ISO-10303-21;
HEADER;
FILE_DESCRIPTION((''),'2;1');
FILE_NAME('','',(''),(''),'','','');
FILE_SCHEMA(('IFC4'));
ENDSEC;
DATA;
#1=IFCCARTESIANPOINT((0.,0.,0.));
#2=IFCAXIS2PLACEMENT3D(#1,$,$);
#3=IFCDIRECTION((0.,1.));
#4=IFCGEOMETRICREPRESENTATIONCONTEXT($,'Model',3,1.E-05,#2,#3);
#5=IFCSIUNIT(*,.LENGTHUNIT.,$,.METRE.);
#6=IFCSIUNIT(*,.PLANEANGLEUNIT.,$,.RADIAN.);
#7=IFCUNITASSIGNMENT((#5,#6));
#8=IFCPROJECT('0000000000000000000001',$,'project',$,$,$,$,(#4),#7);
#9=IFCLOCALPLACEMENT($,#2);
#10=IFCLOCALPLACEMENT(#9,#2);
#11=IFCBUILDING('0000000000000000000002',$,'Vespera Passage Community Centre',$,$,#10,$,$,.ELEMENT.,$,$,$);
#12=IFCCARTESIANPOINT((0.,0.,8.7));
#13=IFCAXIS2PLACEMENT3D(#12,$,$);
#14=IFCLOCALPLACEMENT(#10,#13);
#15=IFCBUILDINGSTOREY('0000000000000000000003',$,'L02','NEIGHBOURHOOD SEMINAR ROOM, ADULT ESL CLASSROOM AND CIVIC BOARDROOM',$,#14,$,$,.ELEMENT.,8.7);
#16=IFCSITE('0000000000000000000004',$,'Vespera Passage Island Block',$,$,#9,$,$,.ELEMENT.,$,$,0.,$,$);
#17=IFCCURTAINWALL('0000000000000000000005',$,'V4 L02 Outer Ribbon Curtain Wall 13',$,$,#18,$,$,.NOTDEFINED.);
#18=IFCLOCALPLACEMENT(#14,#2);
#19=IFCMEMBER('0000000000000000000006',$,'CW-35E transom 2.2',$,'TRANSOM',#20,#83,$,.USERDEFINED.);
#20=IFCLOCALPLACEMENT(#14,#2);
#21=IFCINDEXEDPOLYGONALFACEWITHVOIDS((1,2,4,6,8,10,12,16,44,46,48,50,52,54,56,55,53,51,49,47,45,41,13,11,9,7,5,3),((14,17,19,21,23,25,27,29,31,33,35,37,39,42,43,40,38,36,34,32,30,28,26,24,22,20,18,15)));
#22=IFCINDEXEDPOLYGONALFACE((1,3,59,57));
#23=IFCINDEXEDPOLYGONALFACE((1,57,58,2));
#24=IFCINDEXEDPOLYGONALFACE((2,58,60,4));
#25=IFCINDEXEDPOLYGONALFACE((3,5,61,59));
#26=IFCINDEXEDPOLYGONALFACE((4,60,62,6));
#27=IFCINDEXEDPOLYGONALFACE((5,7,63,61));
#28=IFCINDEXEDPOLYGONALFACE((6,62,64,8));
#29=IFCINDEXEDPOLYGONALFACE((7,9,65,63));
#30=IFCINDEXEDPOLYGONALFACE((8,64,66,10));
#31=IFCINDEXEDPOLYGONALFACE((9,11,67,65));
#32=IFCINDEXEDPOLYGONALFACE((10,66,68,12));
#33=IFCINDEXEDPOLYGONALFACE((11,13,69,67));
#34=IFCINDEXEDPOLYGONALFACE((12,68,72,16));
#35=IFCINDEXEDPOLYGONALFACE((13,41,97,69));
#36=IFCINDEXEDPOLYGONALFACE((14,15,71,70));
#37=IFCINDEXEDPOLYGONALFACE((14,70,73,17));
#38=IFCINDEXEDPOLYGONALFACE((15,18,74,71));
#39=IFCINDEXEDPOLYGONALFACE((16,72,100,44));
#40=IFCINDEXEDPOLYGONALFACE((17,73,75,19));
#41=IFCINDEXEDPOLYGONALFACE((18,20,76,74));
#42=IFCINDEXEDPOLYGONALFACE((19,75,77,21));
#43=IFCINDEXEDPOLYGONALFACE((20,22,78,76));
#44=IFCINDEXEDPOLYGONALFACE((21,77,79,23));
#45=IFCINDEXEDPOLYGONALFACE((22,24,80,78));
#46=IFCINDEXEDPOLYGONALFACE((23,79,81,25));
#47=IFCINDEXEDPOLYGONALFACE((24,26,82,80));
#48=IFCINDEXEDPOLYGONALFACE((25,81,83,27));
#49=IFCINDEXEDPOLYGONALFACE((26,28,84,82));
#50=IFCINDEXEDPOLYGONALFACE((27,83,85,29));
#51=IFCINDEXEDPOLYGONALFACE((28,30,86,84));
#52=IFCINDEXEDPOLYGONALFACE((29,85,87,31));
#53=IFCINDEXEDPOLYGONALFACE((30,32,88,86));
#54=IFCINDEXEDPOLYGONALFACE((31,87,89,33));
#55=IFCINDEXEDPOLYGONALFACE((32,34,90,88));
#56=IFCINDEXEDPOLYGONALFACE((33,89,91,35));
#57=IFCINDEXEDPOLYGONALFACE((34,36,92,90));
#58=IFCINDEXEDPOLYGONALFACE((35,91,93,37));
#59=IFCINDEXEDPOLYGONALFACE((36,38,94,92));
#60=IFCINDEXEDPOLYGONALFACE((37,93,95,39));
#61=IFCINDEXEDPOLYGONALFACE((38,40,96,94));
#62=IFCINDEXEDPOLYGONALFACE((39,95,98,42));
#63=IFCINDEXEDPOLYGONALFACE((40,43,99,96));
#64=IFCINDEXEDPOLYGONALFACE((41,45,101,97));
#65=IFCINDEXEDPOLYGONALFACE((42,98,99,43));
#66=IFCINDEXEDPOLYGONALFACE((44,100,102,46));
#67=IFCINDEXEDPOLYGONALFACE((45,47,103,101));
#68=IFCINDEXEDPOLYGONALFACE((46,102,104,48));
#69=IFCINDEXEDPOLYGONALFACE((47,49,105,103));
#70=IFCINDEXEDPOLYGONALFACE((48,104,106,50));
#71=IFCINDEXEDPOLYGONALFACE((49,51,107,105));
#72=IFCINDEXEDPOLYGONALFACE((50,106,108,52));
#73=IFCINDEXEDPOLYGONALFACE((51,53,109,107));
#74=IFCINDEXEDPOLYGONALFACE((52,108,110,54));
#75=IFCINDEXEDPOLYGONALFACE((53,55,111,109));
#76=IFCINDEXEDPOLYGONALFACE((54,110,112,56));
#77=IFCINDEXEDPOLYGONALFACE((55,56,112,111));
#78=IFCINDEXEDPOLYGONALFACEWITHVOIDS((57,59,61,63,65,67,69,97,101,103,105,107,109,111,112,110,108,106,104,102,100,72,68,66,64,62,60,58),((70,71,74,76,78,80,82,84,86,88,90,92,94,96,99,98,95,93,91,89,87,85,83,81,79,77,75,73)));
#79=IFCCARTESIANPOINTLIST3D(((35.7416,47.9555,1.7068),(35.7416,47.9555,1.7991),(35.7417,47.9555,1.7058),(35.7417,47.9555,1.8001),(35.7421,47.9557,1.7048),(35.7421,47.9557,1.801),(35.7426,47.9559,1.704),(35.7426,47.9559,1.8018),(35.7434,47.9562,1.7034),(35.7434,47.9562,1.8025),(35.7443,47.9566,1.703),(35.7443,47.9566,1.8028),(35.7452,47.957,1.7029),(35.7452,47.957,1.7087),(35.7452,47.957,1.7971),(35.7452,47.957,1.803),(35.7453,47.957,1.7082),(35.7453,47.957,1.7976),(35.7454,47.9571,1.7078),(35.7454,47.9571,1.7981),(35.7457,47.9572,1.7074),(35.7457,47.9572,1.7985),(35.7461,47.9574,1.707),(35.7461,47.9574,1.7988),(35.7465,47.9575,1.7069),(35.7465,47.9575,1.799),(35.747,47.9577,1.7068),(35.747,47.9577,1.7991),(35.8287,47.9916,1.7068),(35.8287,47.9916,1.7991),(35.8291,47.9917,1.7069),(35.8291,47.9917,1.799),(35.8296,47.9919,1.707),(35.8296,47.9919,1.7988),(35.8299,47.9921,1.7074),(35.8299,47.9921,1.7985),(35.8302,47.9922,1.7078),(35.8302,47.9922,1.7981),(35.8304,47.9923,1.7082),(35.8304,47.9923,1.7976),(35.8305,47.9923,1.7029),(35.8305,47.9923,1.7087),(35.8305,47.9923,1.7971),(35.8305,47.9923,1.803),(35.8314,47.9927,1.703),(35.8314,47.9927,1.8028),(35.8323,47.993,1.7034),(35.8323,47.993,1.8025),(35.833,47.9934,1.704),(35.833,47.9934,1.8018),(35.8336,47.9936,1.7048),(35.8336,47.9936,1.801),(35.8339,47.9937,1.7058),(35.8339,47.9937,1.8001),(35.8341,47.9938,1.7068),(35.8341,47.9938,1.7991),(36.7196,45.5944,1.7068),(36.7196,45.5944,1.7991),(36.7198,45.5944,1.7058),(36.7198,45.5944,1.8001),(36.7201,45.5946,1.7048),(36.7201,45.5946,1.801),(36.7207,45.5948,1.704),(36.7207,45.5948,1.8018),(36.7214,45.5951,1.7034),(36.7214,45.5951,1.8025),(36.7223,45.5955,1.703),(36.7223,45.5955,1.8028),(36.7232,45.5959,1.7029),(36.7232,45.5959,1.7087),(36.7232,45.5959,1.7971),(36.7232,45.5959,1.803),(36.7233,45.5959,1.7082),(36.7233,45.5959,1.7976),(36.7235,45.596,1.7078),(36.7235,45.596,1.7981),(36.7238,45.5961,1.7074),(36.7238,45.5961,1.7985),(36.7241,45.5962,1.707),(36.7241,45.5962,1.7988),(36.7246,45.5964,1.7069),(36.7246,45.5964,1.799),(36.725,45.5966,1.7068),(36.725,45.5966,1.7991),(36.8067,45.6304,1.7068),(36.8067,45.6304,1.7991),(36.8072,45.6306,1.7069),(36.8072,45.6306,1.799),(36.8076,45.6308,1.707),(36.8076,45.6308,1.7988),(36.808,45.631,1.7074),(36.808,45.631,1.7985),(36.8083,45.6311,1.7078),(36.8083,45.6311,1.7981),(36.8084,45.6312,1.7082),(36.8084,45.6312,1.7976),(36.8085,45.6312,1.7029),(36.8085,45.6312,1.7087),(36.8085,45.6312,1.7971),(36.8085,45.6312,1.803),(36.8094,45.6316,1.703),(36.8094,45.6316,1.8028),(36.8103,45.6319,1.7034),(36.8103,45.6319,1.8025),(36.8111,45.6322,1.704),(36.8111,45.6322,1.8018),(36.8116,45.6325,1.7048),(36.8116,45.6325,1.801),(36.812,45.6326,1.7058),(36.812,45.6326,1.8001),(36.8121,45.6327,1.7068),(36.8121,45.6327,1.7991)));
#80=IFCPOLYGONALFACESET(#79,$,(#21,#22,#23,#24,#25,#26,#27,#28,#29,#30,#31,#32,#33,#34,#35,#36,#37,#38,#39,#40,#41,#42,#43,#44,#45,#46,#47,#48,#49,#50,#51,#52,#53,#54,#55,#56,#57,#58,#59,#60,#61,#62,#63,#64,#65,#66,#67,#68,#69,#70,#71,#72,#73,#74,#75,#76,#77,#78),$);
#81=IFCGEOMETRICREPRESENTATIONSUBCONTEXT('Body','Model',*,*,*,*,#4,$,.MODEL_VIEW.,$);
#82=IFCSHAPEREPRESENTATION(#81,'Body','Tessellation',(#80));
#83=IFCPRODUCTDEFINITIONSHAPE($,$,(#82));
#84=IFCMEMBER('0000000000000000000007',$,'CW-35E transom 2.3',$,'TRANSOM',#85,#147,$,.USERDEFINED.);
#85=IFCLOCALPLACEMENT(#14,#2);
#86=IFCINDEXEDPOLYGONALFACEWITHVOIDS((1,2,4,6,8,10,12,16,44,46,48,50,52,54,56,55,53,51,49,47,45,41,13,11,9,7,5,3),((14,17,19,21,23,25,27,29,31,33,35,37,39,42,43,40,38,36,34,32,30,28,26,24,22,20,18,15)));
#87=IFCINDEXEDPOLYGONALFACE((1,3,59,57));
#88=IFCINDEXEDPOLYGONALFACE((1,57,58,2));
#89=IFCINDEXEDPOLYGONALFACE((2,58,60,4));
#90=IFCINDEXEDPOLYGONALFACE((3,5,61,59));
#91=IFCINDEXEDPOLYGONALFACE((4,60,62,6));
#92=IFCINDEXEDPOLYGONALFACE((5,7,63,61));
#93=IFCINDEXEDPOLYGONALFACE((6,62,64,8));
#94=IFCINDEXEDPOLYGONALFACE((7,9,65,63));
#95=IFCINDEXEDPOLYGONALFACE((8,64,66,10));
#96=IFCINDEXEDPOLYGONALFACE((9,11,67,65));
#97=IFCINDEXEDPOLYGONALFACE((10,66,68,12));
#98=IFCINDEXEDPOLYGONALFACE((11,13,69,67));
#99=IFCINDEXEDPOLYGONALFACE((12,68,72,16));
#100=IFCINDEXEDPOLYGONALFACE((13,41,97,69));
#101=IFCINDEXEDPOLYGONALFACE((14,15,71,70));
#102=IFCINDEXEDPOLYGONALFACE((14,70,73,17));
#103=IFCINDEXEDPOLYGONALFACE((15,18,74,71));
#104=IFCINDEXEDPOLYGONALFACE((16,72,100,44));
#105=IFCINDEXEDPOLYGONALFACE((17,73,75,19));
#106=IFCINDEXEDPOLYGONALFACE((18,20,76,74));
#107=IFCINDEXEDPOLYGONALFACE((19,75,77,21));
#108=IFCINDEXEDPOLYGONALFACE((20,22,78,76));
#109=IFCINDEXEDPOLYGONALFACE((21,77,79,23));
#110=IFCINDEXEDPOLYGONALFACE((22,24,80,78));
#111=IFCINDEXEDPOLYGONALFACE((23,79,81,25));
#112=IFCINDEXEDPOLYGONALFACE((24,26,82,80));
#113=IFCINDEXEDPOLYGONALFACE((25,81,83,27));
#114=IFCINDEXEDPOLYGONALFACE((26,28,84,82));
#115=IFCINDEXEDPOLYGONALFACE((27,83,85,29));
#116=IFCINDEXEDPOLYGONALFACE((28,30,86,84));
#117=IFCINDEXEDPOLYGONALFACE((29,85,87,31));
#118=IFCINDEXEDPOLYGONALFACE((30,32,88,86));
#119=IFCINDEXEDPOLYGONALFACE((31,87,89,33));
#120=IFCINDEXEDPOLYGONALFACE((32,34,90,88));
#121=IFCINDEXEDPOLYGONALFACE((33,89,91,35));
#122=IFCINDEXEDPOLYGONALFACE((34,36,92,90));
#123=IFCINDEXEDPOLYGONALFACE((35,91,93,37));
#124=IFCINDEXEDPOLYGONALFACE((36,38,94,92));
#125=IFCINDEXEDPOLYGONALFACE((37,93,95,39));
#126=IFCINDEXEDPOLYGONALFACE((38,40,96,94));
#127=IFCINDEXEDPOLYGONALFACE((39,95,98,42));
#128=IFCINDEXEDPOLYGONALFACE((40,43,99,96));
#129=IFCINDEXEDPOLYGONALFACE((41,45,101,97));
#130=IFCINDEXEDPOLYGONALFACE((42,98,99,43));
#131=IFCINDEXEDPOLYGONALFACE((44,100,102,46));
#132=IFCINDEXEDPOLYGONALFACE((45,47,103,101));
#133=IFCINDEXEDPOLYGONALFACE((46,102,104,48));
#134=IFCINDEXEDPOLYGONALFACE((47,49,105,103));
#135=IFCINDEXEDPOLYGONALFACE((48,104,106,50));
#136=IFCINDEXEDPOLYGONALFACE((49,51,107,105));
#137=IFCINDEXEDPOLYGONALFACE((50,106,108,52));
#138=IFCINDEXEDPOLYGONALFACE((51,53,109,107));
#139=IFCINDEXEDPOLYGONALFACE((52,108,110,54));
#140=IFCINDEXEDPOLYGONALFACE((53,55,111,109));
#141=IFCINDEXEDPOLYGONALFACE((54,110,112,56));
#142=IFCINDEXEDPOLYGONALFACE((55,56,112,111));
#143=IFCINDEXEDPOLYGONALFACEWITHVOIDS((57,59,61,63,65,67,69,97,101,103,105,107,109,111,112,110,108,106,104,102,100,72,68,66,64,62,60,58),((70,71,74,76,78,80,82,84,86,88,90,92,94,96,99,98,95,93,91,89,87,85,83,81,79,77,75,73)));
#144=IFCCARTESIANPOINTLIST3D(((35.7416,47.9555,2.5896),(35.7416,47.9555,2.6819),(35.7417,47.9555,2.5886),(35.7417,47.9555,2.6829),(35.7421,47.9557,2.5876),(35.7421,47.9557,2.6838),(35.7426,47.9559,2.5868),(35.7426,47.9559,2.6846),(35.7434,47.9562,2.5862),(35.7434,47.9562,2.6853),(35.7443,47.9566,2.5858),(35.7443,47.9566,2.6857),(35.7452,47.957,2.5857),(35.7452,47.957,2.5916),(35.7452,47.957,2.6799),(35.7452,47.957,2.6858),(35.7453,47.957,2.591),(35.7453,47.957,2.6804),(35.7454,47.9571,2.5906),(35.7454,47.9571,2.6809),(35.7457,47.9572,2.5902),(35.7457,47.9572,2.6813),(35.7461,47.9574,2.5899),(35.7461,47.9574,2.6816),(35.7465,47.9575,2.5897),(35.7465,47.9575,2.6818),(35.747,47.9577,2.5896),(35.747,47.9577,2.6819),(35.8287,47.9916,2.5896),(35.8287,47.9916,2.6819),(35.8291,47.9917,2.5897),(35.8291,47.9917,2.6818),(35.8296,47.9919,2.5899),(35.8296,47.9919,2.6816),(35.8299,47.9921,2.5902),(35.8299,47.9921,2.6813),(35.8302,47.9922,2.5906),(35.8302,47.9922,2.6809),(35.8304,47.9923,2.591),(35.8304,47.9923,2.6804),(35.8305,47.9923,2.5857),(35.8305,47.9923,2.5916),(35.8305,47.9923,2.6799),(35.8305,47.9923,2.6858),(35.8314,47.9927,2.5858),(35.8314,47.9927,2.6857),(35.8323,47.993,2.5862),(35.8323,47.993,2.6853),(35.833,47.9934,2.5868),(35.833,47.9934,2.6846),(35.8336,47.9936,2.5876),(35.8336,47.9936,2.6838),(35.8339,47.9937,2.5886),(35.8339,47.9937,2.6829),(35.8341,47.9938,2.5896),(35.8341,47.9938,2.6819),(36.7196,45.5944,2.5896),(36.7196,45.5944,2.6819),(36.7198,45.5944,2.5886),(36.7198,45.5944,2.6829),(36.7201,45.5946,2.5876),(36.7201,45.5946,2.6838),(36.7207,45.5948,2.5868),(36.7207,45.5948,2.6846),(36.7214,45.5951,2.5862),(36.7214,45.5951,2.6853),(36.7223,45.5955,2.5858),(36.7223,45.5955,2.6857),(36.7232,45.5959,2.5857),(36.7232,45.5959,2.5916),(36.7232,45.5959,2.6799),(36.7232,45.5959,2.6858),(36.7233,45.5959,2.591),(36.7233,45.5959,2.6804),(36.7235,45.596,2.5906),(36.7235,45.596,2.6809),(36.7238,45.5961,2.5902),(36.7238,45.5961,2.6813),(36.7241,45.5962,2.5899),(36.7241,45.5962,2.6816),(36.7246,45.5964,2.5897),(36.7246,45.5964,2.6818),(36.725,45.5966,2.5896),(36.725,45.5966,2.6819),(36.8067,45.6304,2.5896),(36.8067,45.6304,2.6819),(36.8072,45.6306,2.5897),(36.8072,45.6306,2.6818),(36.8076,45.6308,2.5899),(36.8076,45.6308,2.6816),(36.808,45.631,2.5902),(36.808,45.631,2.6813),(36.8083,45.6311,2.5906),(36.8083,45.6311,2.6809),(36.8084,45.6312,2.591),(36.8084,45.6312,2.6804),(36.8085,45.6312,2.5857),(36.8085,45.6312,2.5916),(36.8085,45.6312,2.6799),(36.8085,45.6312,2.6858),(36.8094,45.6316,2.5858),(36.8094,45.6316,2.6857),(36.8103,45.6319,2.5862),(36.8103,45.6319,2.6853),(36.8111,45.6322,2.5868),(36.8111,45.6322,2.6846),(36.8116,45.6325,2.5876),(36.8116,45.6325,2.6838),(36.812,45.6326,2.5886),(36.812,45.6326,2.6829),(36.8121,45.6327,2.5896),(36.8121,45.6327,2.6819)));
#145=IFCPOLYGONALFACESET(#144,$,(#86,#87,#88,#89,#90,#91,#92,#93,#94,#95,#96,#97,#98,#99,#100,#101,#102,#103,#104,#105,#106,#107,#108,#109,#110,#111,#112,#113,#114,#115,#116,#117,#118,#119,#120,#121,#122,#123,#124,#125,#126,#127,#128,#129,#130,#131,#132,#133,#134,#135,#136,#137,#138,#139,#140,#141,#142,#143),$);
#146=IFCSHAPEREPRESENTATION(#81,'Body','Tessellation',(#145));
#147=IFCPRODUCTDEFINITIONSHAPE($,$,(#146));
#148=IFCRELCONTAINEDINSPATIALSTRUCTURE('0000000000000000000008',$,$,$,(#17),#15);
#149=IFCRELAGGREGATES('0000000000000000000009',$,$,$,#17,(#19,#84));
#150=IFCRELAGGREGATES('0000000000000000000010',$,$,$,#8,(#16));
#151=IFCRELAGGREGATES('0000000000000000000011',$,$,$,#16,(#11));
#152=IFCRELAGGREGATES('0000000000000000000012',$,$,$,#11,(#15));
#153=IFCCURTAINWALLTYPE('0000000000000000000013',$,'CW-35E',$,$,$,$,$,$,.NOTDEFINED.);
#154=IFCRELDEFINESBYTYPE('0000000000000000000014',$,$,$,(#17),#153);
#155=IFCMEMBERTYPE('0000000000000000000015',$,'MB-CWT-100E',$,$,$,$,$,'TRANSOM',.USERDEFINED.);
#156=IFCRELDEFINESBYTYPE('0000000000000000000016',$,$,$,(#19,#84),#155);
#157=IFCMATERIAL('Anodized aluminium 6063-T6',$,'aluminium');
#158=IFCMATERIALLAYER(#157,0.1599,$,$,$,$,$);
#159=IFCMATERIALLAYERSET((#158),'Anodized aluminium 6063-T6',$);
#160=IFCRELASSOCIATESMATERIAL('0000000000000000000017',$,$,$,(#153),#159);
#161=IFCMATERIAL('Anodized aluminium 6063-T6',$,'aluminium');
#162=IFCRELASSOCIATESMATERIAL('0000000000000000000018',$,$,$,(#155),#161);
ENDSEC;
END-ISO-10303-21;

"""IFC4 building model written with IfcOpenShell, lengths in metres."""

from ifc_helpers import new_model, si_unit, direction, frame, origin, origin_2d, place, context, subcontext, project, spatial, hollow_rectangle, extrude, material, layer, layer_set, material_profile, profile_set, type_object, element, aggregate, save


model = new_model("IFC4")

# Units and contexts
model_context = context("Model", 3, precision=1e-05, world=origin(), true_north=direction((0.0, 1.0)))
body_context = subcontext(model_context, "Body", "Model", "MODEL_VIEW")
ifc_project = project(units=[si_unit("LENGTHUNIT", "METRE"), si_unit("PLANEANGLEUNIT", "RADIAN")], contexts=[model_context])

# Site, building, storey
site_placement = place(None, origin())
site = spatial("IfcSite", under=ifc_project, at=site_placement, Name="Vespera Passage Island Block", CompositionType="ELEMENT", RefElevation=0.0)
building_placement = place(site_placement, origin())
building = spatial("IfcBuilding", under=site, at=building_placement, Name="Vespera Passage Community Centre", CompositionType="ELEMENT")
storey_placement = place(building_placement, frame((0.0, 0.0, 8.7)))
storey = spatial("IfcBuildingStorey", under=building, at=storey_placement, Name="L02", Description="NEIGHBOURHOOD SEMINAR ROOM, ADULT ESL CLASSROOM AND CIVIC BOARDROOM", CompositionType="ELEMENT", Elevation=8.7)

# Curtain wall
ifc_material_1 = material(Name="Anodized aluminium 6063-T6", Category="aluminium")
ifc_layer_1 = layer(ifc_material_1, 0.1599)
ifc_layer_set_1 = layer_set([ifc_layer_1], Name="Anodized aluminium 6063-T6")
curtain_wall_type_1 = type_object("IfcCurtainWallType", Name="CW-35E", PredefinedType="NOTDEFINED", material=ifc_layer_set_1)
curtain_wall_1_placement = place(storey_placement, origin())
curtain_wall_1 = element("IfcCurtainWall", 1, at=curtain_wall_1_placement, inside=storey, type_object=curtain_wall_type_1, Name="V4 L02 Outer Ribbon Curtain Wall 13", PredefinedType="NOTDEFINED")

# Members
ifc_material_2 = material(Name="Anodized aluminium 6063-T6", Category="aluminium")
ifc_material_profile_1 = material_profile(ifc_material_2, hollow_rectangle(XDim=0.1001, YDim=0.1001, WallThickness=0.0039, InnerFilletRadius=0.002, OuterFilletRadius=0.0039, at=origin_2d()), Name="ALU100X100X4")
ifc_profile_set_1 = profile_set([ifc_material_profile_1], Name="Anodized aluminium 6063-T6")
member_type_1 = type_object("IfcMemberType", Name="MB-CWT-100E", ElementType="TRANSOM", PredefinedType="USERDEFINED", material=ifc_profile_set_1)
member_1_placement = place(storey_placement, frame((36.7659, 45.6135, 1.7529), z_axis=(-0.382695, 0.923875, 0.0), x_axis=(-0.923875, -0.382695, 0.0)))
member_1 = element("IfcMember", 2, at=member_1_placement, type_object=member_type_1, Name="CW-35E transom 2.2", ObjectType="TRANSOM", PredefinedType="USERDEFINED", context=body_context, shape_type="SweptSolid", body=[
    extrude(hollow_rectangle(XDim=0.1001, YDim=0.1001, WallThickness=0.0039, InnerFilletRadius=0.002, OuterFilletRadius=0.0039, at=origin_2d()), origin(), (0.0, 0.0, 1.0), 2.5557),
])
member_2_placement = place(storey_placement, frame((36.7659, 45.6135, 2.6357), z_axis=(-0.382695, 0.923875, 0.0), x_axis=(-0.923875, -0.382695, 0.0)))
member_2 = element("IfcMember", 3, at=member_2_placement, type_object=member_type_1, Name="CW-35E transom 2.3", ObjectType="TRANSOM", PredefinedType="USERDEFINED", context=body_context, shape_type="SweptSolid", body=[
    extrude(hollow_rectangle(XDim=0.1001, YDim=0.1001, WallThickness=0.0039, InnerFilletRadius=0.002, OuterFilletRadius=0.0039, at=origin_2d()), origin(), (0.0, 0.0, 1.0), 2.5557),
])

aggregate(curtain_wall_1, [member_1, member_2])

save(model, "model.ifc")
